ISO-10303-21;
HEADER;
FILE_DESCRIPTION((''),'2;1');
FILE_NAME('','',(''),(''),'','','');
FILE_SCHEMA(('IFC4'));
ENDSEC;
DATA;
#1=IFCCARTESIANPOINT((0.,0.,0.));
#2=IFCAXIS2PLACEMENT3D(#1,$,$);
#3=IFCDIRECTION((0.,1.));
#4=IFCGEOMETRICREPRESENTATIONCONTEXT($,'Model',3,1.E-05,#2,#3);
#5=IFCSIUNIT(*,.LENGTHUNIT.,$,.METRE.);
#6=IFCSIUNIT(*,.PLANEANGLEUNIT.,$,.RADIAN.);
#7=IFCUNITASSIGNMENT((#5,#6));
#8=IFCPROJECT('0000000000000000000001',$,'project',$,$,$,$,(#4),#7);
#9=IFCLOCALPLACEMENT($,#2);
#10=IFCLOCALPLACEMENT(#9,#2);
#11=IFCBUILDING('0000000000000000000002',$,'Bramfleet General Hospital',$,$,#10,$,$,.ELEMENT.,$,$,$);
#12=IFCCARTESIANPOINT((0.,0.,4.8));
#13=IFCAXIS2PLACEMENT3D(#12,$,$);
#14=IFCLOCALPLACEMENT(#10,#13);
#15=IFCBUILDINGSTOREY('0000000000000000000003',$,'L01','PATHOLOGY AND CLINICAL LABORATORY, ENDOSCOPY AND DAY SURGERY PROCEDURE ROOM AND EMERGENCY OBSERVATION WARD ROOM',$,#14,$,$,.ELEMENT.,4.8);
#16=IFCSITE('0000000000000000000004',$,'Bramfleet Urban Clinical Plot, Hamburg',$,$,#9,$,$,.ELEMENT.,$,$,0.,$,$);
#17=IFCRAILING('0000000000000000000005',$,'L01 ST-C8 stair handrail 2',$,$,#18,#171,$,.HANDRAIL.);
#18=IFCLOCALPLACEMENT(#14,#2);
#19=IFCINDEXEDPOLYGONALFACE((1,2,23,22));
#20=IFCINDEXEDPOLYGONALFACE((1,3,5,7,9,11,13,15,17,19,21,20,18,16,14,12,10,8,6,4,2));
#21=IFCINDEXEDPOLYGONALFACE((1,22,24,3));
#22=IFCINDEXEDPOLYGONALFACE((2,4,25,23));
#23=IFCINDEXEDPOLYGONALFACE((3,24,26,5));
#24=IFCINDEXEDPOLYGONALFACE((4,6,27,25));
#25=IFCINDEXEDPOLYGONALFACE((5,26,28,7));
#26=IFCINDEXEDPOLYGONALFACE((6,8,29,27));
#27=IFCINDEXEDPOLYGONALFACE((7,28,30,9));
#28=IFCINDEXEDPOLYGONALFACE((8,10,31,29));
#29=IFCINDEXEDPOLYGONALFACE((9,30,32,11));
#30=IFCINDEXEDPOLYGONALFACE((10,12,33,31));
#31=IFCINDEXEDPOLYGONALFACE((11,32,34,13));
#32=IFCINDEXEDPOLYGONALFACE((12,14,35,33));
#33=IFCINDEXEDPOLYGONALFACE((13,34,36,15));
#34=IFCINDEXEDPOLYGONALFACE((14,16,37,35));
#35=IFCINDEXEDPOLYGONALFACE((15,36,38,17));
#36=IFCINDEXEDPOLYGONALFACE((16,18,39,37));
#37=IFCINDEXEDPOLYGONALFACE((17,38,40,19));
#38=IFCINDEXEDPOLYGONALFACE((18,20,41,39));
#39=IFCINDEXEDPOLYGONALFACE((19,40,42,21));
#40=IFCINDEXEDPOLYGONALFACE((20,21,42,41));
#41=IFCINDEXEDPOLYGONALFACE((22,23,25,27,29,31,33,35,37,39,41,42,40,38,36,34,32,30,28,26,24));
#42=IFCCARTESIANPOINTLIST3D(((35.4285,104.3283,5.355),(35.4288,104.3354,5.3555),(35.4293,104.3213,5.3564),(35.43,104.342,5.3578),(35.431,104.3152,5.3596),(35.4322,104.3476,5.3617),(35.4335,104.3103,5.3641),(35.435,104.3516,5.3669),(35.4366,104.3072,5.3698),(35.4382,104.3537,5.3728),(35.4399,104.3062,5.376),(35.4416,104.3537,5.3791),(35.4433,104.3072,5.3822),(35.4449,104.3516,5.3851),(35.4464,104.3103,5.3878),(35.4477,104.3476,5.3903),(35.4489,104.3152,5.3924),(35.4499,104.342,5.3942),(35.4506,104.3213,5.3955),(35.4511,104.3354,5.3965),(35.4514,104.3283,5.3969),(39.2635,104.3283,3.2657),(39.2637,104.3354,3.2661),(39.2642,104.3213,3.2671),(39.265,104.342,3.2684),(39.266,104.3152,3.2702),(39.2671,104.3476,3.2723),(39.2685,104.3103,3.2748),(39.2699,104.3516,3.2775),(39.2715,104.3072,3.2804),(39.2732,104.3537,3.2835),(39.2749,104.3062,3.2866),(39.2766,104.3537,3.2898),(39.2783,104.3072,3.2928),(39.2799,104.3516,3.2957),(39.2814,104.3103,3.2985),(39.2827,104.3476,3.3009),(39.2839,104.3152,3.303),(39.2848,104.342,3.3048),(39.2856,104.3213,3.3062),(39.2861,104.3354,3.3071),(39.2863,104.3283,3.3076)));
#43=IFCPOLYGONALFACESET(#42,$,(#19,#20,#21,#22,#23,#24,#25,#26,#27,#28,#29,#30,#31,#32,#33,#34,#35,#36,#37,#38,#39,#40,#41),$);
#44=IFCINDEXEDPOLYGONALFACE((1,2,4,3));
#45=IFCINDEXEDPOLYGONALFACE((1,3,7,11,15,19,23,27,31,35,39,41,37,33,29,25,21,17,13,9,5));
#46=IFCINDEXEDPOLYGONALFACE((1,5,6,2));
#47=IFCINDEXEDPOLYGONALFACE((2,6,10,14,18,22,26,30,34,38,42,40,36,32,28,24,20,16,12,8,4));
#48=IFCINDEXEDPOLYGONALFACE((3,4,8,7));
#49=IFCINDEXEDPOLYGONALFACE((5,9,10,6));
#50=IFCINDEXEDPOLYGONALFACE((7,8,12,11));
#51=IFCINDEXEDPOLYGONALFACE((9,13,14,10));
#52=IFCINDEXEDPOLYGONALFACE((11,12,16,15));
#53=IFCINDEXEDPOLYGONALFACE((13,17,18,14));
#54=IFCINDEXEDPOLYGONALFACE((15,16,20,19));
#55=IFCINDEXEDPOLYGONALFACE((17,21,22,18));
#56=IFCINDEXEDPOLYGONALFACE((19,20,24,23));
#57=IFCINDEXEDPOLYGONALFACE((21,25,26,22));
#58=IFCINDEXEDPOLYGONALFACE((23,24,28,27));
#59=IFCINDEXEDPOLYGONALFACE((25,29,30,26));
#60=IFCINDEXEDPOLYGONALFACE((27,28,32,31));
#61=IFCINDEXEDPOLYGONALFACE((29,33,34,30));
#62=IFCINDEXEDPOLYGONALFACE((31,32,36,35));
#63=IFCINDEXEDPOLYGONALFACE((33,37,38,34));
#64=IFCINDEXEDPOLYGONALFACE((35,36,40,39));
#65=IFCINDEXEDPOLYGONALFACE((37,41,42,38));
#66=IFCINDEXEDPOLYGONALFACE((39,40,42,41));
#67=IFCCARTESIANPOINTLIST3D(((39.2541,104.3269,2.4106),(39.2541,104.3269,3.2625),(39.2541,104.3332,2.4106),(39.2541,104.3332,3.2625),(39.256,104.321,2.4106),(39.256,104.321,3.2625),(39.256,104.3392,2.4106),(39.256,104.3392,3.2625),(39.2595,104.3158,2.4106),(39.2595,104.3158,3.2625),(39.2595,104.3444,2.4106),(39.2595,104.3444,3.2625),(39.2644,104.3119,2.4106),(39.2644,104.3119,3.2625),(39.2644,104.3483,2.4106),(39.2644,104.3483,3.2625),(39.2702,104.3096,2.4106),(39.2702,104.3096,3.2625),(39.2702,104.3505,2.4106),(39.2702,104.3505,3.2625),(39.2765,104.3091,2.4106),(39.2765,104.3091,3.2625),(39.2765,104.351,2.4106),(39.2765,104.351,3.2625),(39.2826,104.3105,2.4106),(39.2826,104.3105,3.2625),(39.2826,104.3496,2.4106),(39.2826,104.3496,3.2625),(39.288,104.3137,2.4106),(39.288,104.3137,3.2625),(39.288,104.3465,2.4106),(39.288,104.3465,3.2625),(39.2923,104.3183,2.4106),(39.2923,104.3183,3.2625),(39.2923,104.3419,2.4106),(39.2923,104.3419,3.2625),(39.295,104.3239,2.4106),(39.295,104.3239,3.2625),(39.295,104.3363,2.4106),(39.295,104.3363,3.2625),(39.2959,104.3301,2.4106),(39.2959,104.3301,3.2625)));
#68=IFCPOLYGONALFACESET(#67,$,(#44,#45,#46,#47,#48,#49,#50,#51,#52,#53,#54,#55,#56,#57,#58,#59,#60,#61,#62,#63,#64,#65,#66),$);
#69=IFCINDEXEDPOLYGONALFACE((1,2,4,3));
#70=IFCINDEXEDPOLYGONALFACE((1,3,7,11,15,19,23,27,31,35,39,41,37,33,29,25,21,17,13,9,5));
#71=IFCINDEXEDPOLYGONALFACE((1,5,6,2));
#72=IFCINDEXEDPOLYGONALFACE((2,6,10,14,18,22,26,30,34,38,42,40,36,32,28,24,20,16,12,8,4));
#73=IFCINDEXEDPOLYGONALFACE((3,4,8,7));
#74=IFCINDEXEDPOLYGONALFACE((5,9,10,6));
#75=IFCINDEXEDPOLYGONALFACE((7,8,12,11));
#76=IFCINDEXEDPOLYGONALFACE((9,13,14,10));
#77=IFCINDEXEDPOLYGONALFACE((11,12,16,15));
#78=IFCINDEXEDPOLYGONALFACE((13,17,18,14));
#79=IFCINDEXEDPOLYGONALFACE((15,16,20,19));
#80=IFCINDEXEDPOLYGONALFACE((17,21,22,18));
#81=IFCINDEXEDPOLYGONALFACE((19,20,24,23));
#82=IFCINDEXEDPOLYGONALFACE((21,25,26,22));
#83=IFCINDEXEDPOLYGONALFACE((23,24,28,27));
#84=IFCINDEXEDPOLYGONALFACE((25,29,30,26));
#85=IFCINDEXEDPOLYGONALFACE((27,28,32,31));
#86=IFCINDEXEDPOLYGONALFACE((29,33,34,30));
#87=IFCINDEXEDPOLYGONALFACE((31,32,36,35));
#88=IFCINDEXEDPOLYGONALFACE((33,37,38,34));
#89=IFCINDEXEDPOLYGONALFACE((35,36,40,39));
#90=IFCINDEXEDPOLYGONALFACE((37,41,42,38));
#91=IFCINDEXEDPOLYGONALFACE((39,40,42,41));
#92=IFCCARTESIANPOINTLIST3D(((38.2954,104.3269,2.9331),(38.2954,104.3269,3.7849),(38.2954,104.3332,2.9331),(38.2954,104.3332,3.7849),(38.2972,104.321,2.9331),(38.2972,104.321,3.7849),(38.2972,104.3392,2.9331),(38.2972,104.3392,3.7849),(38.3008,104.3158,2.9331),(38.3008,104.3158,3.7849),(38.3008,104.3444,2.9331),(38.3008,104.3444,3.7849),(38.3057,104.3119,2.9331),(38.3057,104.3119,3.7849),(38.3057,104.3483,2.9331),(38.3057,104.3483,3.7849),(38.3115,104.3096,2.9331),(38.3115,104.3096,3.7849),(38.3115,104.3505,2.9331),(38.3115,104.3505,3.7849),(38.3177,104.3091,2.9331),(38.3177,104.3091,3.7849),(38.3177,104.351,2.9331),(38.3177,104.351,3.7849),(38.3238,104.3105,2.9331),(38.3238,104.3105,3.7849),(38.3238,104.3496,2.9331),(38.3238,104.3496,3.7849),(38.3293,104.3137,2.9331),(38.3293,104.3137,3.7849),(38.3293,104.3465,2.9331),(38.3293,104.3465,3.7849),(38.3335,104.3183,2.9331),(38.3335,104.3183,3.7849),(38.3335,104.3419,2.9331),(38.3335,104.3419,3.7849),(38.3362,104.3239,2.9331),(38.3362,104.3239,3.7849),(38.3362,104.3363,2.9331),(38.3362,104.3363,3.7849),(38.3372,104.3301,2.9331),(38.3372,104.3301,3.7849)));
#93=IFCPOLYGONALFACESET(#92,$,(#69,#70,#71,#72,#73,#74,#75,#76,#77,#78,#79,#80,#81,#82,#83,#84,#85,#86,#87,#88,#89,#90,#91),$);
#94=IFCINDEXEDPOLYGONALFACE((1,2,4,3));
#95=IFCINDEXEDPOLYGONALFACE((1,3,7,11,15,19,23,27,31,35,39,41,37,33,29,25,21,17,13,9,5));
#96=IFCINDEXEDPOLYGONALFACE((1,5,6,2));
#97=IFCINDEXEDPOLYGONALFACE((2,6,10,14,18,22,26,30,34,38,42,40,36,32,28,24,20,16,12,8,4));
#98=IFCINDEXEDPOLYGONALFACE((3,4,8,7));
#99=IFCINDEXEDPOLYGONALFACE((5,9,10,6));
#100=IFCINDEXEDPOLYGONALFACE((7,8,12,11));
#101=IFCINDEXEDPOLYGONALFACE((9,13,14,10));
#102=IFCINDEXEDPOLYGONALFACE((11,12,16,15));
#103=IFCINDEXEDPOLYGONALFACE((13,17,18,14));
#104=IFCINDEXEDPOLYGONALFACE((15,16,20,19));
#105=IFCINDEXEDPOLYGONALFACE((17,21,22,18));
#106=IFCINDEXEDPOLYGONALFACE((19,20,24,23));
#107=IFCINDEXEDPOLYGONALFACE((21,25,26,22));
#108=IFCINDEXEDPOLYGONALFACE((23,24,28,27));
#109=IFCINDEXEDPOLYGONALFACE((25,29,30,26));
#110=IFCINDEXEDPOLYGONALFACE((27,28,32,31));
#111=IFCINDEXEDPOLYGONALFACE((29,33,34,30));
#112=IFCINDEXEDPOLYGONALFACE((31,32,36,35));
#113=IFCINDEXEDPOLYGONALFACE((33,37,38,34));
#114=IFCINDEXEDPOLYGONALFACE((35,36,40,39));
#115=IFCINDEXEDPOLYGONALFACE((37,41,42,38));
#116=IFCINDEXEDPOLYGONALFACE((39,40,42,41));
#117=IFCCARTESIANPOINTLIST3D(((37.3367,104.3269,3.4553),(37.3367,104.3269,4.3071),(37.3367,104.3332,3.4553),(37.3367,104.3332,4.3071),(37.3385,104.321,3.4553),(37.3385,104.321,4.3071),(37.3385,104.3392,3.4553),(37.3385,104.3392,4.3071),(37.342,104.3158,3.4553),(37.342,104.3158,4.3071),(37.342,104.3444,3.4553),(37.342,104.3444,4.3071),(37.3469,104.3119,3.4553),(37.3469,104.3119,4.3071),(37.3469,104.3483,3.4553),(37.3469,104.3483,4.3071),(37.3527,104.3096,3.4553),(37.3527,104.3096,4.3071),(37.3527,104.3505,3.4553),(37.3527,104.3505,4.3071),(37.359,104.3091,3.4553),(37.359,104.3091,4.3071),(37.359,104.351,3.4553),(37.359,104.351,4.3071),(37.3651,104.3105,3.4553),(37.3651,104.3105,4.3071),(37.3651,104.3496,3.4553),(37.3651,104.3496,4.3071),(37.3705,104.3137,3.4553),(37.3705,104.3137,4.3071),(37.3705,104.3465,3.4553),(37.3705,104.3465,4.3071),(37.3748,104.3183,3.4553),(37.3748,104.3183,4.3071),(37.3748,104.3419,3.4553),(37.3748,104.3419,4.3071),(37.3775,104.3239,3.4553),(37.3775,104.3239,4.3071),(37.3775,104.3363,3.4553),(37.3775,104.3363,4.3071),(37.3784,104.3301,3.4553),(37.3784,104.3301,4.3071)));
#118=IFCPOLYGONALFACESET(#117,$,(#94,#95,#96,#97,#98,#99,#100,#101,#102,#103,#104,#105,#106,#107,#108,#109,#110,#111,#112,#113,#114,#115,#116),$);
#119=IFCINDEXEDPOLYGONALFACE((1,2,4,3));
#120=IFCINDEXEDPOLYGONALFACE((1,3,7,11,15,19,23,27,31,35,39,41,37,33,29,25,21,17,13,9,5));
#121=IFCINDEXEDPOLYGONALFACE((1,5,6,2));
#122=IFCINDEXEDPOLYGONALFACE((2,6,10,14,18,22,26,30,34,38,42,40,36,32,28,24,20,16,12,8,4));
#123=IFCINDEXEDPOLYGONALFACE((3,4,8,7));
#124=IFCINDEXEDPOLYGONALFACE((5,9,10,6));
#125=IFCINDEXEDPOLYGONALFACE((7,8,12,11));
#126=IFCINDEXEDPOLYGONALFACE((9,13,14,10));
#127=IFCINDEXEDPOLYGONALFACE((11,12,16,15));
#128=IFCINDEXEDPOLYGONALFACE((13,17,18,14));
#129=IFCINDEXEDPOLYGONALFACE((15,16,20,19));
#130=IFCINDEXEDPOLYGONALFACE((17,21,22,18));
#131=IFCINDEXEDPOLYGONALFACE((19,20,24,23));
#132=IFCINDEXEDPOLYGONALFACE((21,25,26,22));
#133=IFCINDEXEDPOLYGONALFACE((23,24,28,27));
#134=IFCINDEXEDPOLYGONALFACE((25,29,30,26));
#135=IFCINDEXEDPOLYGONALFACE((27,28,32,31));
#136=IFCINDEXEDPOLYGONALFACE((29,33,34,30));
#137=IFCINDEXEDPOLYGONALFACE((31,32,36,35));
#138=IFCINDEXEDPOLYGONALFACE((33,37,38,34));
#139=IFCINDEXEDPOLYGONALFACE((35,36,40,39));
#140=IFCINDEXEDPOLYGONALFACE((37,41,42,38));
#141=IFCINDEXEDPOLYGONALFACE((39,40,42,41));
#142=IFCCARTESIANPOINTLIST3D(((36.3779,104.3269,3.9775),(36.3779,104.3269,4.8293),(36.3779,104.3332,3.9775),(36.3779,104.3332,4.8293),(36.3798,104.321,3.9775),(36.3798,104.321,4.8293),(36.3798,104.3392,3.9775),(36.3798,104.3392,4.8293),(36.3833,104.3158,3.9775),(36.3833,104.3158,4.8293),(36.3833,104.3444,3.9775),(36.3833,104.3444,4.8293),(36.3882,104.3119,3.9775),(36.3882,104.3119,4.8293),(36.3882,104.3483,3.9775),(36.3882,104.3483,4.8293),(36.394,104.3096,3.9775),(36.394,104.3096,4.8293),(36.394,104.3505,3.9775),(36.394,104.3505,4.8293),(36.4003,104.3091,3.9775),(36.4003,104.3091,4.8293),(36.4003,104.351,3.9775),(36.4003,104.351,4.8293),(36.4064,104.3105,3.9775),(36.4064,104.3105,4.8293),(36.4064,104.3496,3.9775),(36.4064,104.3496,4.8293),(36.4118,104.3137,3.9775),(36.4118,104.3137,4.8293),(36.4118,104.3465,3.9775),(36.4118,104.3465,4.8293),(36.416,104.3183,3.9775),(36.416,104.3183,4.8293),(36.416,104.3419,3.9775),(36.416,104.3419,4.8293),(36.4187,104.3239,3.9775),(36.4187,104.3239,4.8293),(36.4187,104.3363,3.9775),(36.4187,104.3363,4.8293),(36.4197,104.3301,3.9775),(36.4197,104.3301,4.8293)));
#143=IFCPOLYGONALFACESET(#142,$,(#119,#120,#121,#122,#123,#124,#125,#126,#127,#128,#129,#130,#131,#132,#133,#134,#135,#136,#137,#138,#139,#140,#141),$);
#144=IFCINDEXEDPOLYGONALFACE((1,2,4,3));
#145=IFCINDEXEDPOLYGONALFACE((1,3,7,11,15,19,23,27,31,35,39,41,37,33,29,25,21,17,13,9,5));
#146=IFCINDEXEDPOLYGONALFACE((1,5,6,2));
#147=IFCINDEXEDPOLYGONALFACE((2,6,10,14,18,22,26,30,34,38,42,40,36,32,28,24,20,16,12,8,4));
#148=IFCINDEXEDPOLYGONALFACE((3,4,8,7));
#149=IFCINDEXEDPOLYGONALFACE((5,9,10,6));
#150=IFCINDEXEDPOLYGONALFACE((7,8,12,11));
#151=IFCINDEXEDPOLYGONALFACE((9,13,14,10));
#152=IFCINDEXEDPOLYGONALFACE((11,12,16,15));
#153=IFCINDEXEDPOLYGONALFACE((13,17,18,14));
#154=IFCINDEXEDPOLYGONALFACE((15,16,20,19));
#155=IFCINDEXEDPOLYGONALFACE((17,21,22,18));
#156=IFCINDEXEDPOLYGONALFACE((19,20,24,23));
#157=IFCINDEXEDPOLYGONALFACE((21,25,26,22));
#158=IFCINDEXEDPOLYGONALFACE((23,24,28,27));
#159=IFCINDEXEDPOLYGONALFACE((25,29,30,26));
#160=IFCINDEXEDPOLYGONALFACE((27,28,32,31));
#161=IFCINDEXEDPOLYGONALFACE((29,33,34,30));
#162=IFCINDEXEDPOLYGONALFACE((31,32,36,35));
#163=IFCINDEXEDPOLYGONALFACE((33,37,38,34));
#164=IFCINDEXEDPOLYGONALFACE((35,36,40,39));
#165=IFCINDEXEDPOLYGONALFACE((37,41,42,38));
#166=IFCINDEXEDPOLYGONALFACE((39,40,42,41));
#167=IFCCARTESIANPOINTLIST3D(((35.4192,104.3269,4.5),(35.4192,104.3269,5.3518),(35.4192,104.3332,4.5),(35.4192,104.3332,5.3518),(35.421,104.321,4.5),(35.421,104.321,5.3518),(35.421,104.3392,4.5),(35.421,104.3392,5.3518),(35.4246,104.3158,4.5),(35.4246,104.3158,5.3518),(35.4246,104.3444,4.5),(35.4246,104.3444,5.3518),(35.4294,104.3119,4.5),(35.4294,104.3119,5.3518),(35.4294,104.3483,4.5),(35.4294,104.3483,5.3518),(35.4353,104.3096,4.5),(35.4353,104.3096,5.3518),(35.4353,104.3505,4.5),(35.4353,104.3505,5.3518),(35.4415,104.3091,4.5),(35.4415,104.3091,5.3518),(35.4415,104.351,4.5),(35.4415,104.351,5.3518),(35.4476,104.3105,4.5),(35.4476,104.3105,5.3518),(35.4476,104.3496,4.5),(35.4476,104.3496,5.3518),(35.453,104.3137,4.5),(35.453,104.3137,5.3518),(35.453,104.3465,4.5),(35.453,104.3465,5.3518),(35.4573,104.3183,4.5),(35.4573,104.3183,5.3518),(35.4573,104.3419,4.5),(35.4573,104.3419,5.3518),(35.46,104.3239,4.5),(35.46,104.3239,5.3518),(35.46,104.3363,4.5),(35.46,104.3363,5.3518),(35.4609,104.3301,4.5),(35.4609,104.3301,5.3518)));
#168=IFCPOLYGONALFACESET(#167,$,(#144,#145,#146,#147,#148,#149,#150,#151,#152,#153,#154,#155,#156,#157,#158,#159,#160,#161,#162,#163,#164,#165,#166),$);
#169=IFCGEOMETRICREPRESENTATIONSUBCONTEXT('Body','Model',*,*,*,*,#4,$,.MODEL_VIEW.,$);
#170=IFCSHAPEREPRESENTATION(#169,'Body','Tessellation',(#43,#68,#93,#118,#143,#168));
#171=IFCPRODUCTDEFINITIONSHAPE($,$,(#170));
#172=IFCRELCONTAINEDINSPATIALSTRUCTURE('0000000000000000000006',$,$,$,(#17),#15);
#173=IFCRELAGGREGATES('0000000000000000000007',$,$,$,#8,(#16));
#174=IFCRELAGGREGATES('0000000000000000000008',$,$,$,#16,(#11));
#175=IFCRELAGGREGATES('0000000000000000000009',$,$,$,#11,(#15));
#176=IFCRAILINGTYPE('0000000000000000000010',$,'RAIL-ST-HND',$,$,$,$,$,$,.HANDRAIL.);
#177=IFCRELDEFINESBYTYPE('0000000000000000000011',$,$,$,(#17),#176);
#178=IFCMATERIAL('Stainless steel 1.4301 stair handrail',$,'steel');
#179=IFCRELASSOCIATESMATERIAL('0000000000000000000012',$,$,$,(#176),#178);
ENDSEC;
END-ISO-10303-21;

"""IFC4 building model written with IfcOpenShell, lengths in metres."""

from ifc_helpers import new_model, si_unit, direction, frame, origin, origin_2d, place, context, subcontext, project, spatial, circle, extrude, material, type_object, element, save


model = new_model("IFC4")

# Units and contexts
model_context = context("Model", 3, precision=1e-05, world=origin(), true_north=direction((0.0, 1.0)))
body_context = subcontext(model_context, "Body", "Model", "MODEL_VIEW")
ifc_project = project(units=[si_unit("LENGTHUNIT", "METRE"), si_unit("PLANEANGLEUNIT", "RADIAN")], contexts=[model_context])

# Site, building, storey
site_placement = place(None, origin())
site = spatial("IfcSite", under=ifc_project, at=site_placement, Name="Bramfleet Urban Clinical Plot, Hamburg", CompositionType="ELEMENT", RefElevation=0.0)
building_placement = place(site_placement, origin())
building = spatial("IfcBuilding", under=site, at=building_placement, Name="Bramfleet General Hospital", CompositionType="ELEMENT")
storey_placement = place(building_placement, frame((0.0, 0.0, 4.8)))
storey = spatial("IfcBuildingStorey", under=building, at=storey_placement, Name="L01", Description="PATHOLOGY AND CLINICAL LABORATORY, ENDOSCOPY AND DAY SURGERY PROCEDURE ROOM AND EMERGENCY OBSERVATION WARD ROOM", CompositionType="ELEMENT", Elevation=4.8)

# Railing
ifc_material_1 = material(Name="Stainless steel 1.4301 stair handrail", Category="steel")
railing_type_1 = type_object("IfcRailingType", Name="RAIL-ST-HND", PredefinedType="HANDRAIL", material=ifc_material_1)
railing_1_placement = place(storey_placement, frame((39.2749, 104.3301, 2.4106)))
element("IfcRailing", 1, at=railing_1_placement, inside=storey, type_object=railing_type_1, Name="L01 ST-C8 stair handrail 2", PredefinedType="HANDRAIL", context=body_context, shape_type="SweptSolid", body=[
    extrude(circle(Radius=0.0239, at=origin_2d()), frame((0.0, 0.0, 0.876), z_axis=(-0.87813, 0.0, 0.478421), x_axis=(0.0, -1.0, 0.0)), (0.0, 0.0, 1.0), 4.3672),
    extrude(circle(Radius=0.021, at=origin_2d()), origin(), (0.0, 0.0, 1.0), 0.8518),
    extrude(circle(Radius=0.021, at=origin_2d()), frame((-0.9587, 0.0, 0.5225)), (0.0, 0.0, 1.0), 0.8518),
    extrude(circle(Radius=0.021, at=origin_2d()), frame((-1.9175, 0.0, 1.0447)), (0.0, 0.0, 1.0), 0.8518),
    extrude(circle(Radius=0.021, at=origin_2d()), frame((-2.8762, 0.0, 1.5669)), (0.0, 0.0, 1.0), 0.8518),
    extrude(circle(Radius=0.021, at=origin_2d()), frame((-3.835, 0.0, 2.0894)), (0.0, 0.0, 1.0), 0.8518),
])

save(model, "model.ifc")
